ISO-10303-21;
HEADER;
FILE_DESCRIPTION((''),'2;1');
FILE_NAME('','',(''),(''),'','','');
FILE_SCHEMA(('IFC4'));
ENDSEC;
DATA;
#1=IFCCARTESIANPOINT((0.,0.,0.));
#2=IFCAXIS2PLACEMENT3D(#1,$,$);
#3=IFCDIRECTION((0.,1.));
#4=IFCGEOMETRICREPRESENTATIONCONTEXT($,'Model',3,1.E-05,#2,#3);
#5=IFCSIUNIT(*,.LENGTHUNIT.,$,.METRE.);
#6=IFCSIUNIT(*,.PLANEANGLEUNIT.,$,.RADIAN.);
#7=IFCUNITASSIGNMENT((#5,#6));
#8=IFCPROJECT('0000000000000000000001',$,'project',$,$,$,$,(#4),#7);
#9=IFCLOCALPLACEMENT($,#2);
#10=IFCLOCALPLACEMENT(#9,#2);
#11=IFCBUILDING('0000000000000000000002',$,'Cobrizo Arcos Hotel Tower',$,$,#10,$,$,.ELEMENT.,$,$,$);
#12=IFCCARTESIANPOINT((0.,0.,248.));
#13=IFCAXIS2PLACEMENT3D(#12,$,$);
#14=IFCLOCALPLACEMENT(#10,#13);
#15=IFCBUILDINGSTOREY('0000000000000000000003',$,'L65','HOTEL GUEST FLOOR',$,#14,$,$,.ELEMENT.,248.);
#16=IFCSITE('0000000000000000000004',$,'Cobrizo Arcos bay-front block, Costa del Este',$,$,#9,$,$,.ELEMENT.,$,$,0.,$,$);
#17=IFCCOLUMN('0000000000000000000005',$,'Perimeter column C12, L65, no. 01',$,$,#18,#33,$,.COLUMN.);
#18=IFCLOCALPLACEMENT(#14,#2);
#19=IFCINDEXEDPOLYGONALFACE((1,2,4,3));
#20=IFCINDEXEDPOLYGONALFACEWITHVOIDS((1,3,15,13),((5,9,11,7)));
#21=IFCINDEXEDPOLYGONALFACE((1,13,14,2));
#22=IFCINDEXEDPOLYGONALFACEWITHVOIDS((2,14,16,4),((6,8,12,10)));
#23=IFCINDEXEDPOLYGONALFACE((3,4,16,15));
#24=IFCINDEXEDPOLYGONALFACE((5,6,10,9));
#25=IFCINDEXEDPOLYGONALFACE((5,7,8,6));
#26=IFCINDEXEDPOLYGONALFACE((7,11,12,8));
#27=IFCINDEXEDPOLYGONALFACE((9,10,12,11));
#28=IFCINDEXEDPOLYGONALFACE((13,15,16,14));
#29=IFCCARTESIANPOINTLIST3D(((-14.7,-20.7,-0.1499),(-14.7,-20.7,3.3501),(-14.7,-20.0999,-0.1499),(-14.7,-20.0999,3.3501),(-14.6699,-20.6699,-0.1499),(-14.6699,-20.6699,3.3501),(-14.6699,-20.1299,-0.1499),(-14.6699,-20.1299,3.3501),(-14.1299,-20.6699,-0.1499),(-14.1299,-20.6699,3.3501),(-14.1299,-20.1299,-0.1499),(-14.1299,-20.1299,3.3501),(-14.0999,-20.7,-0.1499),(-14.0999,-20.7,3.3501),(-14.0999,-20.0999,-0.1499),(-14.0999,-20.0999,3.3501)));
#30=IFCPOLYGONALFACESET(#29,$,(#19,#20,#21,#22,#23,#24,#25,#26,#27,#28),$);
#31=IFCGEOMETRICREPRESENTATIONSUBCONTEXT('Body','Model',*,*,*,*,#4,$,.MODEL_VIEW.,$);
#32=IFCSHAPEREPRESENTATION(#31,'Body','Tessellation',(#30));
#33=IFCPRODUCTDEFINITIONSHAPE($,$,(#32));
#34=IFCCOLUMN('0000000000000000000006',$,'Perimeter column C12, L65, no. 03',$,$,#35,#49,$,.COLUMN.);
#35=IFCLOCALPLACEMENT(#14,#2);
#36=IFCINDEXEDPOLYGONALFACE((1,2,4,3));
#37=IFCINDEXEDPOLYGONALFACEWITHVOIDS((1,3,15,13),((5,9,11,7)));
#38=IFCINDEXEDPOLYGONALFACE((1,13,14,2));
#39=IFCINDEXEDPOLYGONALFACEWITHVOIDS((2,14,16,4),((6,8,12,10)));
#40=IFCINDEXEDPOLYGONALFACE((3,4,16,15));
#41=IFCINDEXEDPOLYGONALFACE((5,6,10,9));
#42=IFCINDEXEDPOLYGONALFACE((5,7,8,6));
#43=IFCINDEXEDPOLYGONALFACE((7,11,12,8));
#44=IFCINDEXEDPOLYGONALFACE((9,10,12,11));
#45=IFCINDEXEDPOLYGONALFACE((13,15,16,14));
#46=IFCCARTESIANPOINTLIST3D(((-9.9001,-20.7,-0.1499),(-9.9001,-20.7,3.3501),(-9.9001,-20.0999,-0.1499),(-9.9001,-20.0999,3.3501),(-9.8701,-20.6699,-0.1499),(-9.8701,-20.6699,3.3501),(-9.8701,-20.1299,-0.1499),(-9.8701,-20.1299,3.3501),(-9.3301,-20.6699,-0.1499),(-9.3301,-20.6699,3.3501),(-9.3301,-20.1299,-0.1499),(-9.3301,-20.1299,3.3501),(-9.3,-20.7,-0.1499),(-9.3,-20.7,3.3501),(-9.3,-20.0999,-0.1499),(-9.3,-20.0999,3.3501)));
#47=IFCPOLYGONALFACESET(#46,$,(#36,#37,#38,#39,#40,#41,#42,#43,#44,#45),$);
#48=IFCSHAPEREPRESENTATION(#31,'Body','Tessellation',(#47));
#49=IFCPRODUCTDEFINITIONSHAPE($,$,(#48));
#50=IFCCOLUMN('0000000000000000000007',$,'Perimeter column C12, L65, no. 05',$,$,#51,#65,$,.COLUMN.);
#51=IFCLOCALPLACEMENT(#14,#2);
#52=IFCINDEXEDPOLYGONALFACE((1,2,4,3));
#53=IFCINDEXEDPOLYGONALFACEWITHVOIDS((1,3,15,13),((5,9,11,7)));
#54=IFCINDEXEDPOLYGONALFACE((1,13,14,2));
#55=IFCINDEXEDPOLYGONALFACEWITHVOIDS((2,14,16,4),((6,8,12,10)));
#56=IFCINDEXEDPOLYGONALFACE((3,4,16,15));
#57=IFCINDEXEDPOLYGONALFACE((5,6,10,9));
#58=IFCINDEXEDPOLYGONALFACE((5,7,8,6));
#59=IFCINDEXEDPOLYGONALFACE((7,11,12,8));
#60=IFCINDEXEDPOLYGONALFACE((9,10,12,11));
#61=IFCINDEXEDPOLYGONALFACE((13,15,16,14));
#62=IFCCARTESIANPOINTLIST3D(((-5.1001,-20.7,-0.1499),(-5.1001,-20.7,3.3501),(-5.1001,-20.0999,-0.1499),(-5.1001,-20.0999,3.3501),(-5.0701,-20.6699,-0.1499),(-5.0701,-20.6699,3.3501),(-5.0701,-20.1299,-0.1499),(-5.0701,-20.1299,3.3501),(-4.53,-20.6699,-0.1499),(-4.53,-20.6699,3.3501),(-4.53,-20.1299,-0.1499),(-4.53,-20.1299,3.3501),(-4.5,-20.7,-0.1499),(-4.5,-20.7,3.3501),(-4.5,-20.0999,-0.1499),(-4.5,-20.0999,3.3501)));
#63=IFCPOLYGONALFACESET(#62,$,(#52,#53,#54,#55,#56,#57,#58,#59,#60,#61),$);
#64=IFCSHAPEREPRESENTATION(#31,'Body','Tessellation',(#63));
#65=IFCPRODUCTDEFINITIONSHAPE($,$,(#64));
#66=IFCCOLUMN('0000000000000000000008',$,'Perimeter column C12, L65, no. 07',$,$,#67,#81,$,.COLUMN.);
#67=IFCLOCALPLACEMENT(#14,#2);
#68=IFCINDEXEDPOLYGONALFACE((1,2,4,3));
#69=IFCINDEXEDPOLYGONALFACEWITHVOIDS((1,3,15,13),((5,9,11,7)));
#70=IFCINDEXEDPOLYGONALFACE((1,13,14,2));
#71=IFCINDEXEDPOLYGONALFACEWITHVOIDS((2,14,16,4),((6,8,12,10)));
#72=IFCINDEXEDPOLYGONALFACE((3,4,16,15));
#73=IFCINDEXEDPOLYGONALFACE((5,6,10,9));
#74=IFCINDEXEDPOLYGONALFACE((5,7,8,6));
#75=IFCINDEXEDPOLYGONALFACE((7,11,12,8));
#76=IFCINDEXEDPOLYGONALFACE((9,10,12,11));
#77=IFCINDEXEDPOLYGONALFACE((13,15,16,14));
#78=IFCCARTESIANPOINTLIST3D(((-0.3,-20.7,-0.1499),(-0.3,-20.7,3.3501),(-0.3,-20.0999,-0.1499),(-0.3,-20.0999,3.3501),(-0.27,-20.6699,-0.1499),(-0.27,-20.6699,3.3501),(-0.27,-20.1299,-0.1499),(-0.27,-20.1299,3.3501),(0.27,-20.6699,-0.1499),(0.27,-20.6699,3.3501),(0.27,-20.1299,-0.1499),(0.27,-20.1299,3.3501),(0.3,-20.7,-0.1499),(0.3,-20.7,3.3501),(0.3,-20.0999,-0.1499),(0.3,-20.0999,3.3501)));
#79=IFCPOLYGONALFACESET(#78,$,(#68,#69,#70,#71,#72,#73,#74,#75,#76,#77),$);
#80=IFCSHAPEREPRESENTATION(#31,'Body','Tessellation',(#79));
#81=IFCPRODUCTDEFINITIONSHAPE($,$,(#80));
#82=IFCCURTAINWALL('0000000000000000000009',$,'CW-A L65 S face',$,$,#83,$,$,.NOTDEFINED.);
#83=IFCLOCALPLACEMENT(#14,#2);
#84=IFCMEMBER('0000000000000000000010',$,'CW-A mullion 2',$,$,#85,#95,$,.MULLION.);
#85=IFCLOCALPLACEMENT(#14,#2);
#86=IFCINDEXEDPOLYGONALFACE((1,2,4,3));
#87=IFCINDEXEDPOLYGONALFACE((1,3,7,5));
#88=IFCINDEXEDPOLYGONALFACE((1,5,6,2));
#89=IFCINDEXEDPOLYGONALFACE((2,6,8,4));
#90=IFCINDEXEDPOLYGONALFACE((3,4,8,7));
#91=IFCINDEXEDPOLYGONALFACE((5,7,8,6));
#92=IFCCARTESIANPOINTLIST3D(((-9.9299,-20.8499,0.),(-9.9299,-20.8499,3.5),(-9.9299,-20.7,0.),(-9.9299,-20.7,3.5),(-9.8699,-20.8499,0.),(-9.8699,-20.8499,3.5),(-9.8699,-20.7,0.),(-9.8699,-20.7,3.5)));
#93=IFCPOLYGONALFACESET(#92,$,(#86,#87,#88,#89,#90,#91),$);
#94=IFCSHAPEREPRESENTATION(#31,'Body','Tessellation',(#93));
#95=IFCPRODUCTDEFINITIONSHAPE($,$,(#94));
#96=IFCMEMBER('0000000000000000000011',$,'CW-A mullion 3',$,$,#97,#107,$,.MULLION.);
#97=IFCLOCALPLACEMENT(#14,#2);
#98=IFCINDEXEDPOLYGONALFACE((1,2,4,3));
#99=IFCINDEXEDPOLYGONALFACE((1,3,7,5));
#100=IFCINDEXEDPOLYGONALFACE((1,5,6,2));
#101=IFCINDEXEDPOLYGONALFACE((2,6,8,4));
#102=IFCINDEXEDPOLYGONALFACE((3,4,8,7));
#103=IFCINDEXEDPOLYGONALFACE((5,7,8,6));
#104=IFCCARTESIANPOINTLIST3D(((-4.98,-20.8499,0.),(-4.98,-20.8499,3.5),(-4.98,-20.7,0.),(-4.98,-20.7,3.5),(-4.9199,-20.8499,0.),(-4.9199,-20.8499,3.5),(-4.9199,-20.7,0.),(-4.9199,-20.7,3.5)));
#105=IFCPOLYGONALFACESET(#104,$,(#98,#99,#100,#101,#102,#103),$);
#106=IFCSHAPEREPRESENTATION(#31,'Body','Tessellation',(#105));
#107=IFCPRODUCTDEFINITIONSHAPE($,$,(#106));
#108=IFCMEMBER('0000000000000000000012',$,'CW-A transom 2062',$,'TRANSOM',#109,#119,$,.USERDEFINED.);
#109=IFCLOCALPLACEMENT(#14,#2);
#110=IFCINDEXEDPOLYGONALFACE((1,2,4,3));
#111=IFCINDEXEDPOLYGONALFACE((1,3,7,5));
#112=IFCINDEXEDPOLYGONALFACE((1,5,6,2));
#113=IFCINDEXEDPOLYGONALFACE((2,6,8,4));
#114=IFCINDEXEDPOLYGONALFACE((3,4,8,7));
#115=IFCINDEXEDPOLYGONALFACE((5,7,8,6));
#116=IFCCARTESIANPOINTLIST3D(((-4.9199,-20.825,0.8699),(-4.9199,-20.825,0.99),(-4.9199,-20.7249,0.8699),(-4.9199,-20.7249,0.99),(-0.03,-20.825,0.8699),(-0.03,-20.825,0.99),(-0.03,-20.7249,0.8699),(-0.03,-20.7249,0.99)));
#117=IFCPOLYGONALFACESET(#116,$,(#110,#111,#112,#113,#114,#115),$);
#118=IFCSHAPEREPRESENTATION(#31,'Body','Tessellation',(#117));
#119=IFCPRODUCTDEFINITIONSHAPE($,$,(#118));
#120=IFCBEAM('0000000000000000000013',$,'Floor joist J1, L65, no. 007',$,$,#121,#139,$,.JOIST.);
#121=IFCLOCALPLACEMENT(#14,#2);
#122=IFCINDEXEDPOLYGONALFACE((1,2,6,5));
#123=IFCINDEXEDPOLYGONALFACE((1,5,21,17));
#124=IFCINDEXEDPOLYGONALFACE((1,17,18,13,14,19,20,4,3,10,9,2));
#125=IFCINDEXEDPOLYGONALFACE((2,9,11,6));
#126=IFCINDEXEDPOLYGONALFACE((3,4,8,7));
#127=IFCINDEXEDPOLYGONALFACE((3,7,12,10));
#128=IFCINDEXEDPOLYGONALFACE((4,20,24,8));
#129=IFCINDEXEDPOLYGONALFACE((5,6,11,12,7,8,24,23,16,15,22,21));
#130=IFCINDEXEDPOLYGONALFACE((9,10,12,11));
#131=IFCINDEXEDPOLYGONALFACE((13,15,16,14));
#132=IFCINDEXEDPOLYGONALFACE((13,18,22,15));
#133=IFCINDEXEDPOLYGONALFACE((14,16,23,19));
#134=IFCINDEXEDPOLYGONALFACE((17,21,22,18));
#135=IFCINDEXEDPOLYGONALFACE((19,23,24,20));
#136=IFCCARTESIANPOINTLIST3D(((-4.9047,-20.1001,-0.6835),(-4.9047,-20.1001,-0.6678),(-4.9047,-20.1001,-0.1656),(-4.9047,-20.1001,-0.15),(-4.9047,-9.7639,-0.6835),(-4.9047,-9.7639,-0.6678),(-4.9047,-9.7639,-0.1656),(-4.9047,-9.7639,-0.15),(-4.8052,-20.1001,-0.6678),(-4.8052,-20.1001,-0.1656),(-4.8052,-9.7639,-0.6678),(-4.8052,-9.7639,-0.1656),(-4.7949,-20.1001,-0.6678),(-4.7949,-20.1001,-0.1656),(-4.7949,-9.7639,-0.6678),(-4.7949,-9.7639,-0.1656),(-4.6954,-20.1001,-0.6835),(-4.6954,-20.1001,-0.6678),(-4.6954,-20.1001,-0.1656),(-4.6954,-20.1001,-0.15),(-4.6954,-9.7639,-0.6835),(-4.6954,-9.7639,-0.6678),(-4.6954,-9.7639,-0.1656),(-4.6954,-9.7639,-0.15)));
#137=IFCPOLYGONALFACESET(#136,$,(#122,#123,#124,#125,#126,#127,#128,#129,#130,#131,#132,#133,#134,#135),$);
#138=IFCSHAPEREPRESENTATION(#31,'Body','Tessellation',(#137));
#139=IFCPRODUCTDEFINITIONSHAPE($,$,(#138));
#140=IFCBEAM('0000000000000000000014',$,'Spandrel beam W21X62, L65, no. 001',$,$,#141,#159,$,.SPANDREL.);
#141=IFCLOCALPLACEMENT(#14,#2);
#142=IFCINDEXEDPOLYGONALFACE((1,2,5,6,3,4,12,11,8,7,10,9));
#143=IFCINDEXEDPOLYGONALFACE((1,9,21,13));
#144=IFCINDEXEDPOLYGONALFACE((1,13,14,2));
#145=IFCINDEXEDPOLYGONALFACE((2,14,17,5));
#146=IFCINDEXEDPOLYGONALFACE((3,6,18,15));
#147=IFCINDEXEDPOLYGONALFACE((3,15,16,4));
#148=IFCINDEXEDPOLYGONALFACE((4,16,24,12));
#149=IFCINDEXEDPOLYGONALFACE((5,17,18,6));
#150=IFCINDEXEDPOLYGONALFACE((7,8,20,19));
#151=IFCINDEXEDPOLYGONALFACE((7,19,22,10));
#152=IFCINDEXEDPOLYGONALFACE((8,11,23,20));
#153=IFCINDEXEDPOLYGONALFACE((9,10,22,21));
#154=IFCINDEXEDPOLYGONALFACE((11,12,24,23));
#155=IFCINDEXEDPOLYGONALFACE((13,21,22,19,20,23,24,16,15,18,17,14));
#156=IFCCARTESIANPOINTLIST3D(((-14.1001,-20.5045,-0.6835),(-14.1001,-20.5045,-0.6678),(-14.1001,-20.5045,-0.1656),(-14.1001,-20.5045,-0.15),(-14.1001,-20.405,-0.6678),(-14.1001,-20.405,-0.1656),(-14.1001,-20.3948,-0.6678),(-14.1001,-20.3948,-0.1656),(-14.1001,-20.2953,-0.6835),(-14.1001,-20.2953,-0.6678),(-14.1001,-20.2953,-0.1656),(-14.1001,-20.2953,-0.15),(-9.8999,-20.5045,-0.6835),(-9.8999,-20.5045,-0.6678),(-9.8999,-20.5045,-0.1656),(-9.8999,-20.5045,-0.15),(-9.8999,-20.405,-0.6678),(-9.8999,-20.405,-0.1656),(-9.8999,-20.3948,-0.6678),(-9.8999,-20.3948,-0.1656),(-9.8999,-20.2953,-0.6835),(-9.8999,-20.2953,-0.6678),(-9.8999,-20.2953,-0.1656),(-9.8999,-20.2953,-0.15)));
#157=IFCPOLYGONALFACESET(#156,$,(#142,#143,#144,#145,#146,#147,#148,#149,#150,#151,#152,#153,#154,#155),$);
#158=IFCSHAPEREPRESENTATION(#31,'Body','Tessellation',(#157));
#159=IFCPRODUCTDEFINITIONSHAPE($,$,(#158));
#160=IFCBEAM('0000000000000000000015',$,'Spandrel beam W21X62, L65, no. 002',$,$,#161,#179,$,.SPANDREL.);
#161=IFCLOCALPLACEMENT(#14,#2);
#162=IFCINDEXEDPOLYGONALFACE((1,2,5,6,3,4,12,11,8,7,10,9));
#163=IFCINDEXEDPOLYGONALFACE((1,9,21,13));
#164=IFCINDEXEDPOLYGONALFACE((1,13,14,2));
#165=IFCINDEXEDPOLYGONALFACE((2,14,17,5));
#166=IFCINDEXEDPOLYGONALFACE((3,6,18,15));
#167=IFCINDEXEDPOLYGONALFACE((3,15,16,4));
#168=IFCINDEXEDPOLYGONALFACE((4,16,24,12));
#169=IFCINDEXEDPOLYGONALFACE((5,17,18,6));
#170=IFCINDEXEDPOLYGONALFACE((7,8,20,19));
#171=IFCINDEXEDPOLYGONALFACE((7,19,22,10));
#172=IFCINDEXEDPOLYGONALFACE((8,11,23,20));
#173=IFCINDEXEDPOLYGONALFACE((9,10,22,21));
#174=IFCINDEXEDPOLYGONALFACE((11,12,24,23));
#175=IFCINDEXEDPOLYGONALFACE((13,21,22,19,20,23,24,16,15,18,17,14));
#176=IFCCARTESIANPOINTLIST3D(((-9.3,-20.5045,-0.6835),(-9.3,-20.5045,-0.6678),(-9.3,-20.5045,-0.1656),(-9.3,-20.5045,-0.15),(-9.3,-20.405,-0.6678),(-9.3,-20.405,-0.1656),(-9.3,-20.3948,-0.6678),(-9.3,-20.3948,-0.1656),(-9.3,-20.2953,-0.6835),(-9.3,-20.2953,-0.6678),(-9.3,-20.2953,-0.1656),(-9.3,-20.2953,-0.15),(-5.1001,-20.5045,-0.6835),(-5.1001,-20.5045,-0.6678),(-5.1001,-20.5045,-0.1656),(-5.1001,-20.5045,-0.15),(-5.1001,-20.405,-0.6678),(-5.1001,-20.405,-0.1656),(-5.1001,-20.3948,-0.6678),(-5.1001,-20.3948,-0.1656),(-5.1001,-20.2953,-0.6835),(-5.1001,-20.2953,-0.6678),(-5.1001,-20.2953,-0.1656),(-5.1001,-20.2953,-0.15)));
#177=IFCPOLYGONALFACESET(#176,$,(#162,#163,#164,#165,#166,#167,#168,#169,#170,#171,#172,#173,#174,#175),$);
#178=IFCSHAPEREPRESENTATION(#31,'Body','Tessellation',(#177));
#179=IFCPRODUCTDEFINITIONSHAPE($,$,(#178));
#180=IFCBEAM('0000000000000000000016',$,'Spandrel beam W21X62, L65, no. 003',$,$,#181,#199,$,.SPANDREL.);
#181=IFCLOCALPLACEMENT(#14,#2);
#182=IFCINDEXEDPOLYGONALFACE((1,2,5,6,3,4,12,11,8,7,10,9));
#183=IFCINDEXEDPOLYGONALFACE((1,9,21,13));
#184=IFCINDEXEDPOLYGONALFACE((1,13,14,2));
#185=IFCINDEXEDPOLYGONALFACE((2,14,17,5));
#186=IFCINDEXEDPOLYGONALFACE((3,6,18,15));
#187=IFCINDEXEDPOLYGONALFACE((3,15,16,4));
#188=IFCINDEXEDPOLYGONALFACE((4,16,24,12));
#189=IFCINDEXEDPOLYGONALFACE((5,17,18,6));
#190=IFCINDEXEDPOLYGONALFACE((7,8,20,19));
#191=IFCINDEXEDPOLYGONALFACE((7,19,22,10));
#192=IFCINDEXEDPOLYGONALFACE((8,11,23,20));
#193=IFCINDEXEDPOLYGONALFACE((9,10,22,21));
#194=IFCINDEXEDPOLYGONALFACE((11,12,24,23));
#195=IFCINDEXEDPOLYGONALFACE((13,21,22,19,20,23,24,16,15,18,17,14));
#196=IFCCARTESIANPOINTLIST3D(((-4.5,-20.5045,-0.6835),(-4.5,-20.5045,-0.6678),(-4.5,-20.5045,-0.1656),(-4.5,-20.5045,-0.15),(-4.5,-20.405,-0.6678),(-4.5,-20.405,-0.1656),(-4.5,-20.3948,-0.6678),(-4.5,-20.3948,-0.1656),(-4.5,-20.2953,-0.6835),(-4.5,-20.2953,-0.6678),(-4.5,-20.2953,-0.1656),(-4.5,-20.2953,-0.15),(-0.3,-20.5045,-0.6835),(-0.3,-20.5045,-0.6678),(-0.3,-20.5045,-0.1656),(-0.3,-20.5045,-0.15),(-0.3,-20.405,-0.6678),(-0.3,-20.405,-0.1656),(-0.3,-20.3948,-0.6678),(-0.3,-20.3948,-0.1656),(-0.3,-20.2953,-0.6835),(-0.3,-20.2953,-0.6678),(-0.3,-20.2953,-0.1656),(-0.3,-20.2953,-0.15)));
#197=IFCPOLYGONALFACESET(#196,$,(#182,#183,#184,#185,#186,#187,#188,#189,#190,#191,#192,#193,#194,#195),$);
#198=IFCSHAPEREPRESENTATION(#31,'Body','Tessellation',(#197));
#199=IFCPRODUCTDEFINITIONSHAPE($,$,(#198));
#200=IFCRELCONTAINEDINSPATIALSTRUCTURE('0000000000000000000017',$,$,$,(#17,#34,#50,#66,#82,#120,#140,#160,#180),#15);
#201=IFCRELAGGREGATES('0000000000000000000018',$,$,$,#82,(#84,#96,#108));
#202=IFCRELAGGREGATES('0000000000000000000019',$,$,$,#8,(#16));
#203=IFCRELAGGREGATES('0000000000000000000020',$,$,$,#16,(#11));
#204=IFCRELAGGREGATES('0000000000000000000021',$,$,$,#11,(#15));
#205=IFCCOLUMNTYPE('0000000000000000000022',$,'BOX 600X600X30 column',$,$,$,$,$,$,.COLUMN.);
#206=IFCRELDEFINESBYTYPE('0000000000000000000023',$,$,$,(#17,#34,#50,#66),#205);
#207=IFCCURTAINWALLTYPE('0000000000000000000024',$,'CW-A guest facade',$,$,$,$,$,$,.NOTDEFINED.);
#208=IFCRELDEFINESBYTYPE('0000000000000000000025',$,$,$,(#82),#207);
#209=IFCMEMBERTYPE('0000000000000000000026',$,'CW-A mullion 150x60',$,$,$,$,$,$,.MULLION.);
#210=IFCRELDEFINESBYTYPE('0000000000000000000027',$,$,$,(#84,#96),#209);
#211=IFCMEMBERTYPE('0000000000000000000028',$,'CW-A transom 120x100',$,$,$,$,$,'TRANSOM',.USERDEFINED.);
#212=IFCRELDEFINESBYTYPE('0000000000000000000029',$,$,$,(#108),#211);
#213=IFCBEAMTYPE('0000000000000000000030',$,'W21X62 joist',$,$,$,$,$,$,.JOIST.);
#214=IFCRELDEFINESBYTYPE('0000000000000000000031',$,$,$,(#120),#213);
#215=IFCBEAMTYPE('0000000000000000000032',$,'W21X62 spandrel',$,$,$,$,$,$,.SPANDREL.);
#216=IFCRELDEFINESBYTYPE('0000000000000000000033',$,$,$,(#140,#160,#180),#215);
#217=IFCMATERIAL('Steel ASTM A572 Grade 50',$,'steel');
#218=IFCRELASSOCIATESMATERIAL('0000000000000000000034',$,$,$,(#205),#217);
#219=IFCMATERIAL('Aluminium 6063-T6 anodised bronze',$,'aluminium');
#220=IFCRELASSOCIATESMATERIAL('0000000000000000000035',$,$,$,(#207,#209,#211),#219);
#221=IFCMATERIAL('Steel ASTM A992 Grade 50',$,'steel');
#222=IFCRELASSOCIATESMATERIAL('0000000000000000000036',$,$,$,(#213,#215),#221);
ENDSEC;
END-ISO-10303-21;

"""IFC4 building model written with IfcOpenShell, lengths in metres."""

from ifc_helpers import new_model, si_unit, direction, frame, origin, origin_2d, place, context, subcontext, project, spatial, rectangle, hollow_rectangle, i_section, extrude, material, material_profile, profile_set, type_object, element, aggregate, save


model = new_model("IFC4")

# Units and contexts
model_context = context("Model", 3, precision=1e-05, world=origin(), true_north=direction((0.0, 1.0)))
body_context = subcontext(model_context, "Body", "Model", "MODEL_VIEW")
ifc_project = project(units=[si_unit("LENGTHUNIT", "METRE"), si_unit("PLANEANGLEUNIT", "RADIAN")], contexts=[model_context])

# Site, building, storey
site_placement = place(None, origin())
site = spatial("IfcSite", under=ifc_project, at=site_placement, Name="Cobrizo Arcos bay-front block, Costa del Este", CompositionType="ELEMENT", RefElevation=0.0)
building_placement = place(site_placement, origin())
building = spatial("IfcBuilding", under=site, at=building_placement, Name="Cobrizo Arcos Hotel Tower", CompositionType="ELEMENT")
storey_placement = place(building_placement, frame((0.0, 0.0, 248.0)))
storey = spatial("IfcBuildingStorey", under=building, at=storey_placement, Name="L65", Description="HOTEL GUEST FLOOR", CompositionType="ELEMENT", Elevation=248.0)

# Columns
ifc_material_1 = material(Name="Steel ASTM A572 Grade 50", Category="steel")
ifc_material_profile_1 = material_profile(ifc_material_1, hollow_rectangle(XDim=0.6001, YDim=0.6001, WallThickness=0.03, at=origin_2d()), Name="BOX 600X600X30")
ifc_profile_set_1 = profile_set([ifc_material_profile_1], Name="Steel ASTM A572 Grade 50")
column_type = type_object("IfcColumnType", Name="BOX 600X600X30 column", PredefinedType="COLUMN", material=ifc_profile_set_1)
for number, where, z_axis, x_axis, name in (
    (1, (-14.3999, -20.3999, -0.1499), (0.0, 0.0, 1.0), (1.0, 0.0, 0.0), "Perimeter column C12, L65, no. 01"),
    (2, (-9.6001, -20.3999, -0.1499), (0.0, 0.0, 1.0), (1.0, 0.0, 0.0), "Perimeter column C12, L65, no. 03"),
    (3, (-4.8, -20.3999, -0.1499), (0.0, 0.0, 1.0), (1.0, 0.0, 0.0), "Perimeter column C12, L65, no. 05"),
    (4, (0.0, -20.3999, -0.1499), (0.0, 0.0, 1.0), (1.0, 0.0, 0.0), "Perimeter column C12, L65, no. 07"),
):
    element("IfcColumn", number, at=place(storey_placement, frame(where, z_axis=z_axis, x_axis=x_axis)), inside=storey, type_object=column_type, Name=name, PredefinedType="COLUMN", context=body_context, shape_type="SweptSolid", body=[
        extrude(hollow_rectangle(XDim=0.6001, YDim=0.6001, WallThickness=0.03, at=origin_2d()), origin(), (0.0, 0.0, 1.0), 3.5),
    ])

# Curtain wall, members
ifc_material_2 = material(Name="Aluminium 6063-T6 anodised bronze", Category="aluminium")
curtain_wall_type = type_object("IfcCurtainWallType", Name="CW-A guest facade", PredefinedType="NOTDEFINED", material=ifc_material_2)
curtain_wall_1_placement = place(storey_placement, origin())
curtain_wall_1 = element("IfcCurtainWall", 5, at=curtain_wall_1_placement, inside=storey, type_object=curtain_wall_type, Name="CW-A L65 S face", PredefinedType="NOTDEFINED")
ifc_material_profile_2 = material_profile(ifc_material_2, rectangle(XDim=0.1499, YDim=0.0601, at=origin_2d()), Name="CW-A mullion 150x60")
ifc_profile_set_2 = profile_set([ifc_material_profile_2], Name="Aluminium 6063-T6 anodised bronze")
member_type_1 = type_object("IfcMemberType", Name="CW-A mullion 150x60", PredefinedType="MULLION", material=ifc_profile_set_2)
member_1_placement = place(storey_placement, frame((-9.8999, -20.7749, 0.0), z_axis=(0.0, 0.0, 1.0), x_axis=(0.0, -1.0, 0.0)))
member_1 = element("IfcMember", 6, at=member_1_placement, type_object=member_type_1, Name="CW-A mullion 2", PredefinedType="MULLION", context=body_context, shape_type="SweptSolid", body=[
    extrude(rectangle(XDim=0.1499, YDim=0.0601, at=origin_2d()), origin(), (0.0, 0.0, 1.0), 3.5),
])
member_2_placement = place(storey_placement, frame((-4.95, -20.7749, 0.0), z_axis=(0.0, 0.0, 1.0), x_axis=(0.0, -1.0, 0.0)))
member_2 = element("IfcMember", 7, at=member_2_placement, type_object=member_type_1, Name="CW-A mullion 3", PredefinedType="MULLION", context=body_context, shape_type="SweptSolid", body=[
    extrude(rectangle(XDim=0.1499, YDim=0.0601, at=origin_2d()), origin(), (0.0, 0.0, 1.0), 3.5),
])
ifc_material_profile_3 = material_profile(ifc_material_2, rectangle(XDim=0.1001, YDim=0.1201, at=origin_2d()), Name="CW-A transom 120x100")
ifc_profile_set_3 = profile_set([ifc_material_profile_3], Name="Aluminium 6063-T6 anodised bronze")
member_type_2 = type_object("IfcMemberType", Name="CW-A transom 120x100", ElementType="TRANSOM", PredefinedType="USERDEFINED", material=ifc_profile_set_3)
member_3_placement = place(storey_placement, frame((-4.9199, -20.7749, 0.9299), z_axis=(1.0, 0.0, 0.0), x_axis=(0.0, 1.0, 0.0)))
member_3 = element("IfcMember", 8, at=member_3_placement, type_object=member_type_2, Name="CW-A transom 2062", ObjectType="TRANSOM", PredefinedType="USERDEFINED", context=body_context, shape_type="SweptSolid", body=[
    extrude(rectangle(XDim=0.1001, YDim=0.1201, at=origin_2d()), origin(), (0.0, 0.0, 1.0), 4.8899),
])

# Beams
ifc_material_3 = material(Name="Steel ASTM A992 Grade 50", Category="steel")
ifc_material_profile_4 = material_profile(ifc_material_3, i_section(OverallWidth=0.2092, OverallDepth=0.5334, WebThickness=0.0103, FlangeThickness=0.0156, at=origin_2d()), Name="W21X62")
ifc_profile_set_4 = profile_set([ifc_material_profile_4], Name="Steel ASTM A992 Grade 50")
beam_type_1 = type_object("IfcBeamType", Name="W21X62 joist", PredefinedType="JOIST", material=ifc_profile_set_4)
beam_1_placement = place(storey_placement, frame((-4.8, -20.1001, -0.4167), z_axis=(0.0, 1.0, 0.0), x_axis=(-1.0, 0.0, 0.0)))
element("IfcBeam", 9, at=beam_1_placement, inside=storey, type_object=beam_type_1, Name="Floor joist J1, L65, no. 007", PredefinedType="JOIST", context=body_context, shape_type="SweptSolid", body=[
    extrude(i_section(OverallWidth=0.2092, OverallDepth=0.5334, WebThickness=0.0103, FlangeThickness=0.0156, at=origin_2d()), origin(), (0.0, 0.0, 1.0), 10.3362),
])
ifc_material_profile_5 = material_profile(ifc_material_3, i_section(OverallWidth=0.2092, OverallDepth=0.5334, WebThickness=0.0103, FlangeThickness=0.0156, at=origin_2d()), Name="W21X62")
ifc_profile_set_5 = profile_set([ifc_material_profile_5], Name="Steel ASTM A992 Grade 50")
beam_type_2 = type_object("IfcBeamType", Name="W21X62 spandrel", PredefinedType="SPANDREL", material=ifc_profile_set_5)
beam_2_placement = place(storey_placement, frame((-14.1001, -20.3999, -0.4167), z_axis=(1.0, 0.0, 0.0), x_axis=(0.0, 1.0, 0.0)))
element("IfcBeam", 10, at=beam_2_placement, inside=storey, type_object=beam_type_2, Name="Spandrel beam W21X62, L65, no. 001", PredefinedType="SPANDREL", context=body_context, shape_type="SweptSolid", body=[
    extrude(i_section(OverallWidth=0.2092, OverallDepth=0.5334, WebThickness=0.0103, FlangeThickness=0.0156, at=origin_2d()), origin(), (0.0, 0.0, 1.0), 4.2002),
])
for number, where, z_axis, x_axis, name in (
    (11, (-9.3, -20.3999, -0.4167), (1.0, 0.0, 0.0), (0.0, 1.0, 0.0), "Spandrel beam W21X62, L65, no. 002"),
    (12, (-4.5, -20.3999, -0.4167), (1.0, 0.0, 0.0), (0.0, 1.0, 0.0), "Spandrel beam W21X62, L65, no. 003"),
):
    element("IfcBeam", number, at=place(storey_placement, frame(where, z_axis=z_axis, x_axis=x_axis)), inside=storey, type_object=beam_type_2, Name=name, PredefinedType="SPANDREL", context=body_context, shape_type="SweptSolid", body=[
        extrude(i_section(OverallWidth=0.2092, OverallDepth=0.5334, WebThickness=0.0103, FlangeThickness=0.0156, at=origin_2d()), origin(), (0.0, 0.0, 1.0), 4.2),
    ])

aggregate(curtain_wall_1, [member_1, member_2, member_3])

save(model, "model.ifc")
